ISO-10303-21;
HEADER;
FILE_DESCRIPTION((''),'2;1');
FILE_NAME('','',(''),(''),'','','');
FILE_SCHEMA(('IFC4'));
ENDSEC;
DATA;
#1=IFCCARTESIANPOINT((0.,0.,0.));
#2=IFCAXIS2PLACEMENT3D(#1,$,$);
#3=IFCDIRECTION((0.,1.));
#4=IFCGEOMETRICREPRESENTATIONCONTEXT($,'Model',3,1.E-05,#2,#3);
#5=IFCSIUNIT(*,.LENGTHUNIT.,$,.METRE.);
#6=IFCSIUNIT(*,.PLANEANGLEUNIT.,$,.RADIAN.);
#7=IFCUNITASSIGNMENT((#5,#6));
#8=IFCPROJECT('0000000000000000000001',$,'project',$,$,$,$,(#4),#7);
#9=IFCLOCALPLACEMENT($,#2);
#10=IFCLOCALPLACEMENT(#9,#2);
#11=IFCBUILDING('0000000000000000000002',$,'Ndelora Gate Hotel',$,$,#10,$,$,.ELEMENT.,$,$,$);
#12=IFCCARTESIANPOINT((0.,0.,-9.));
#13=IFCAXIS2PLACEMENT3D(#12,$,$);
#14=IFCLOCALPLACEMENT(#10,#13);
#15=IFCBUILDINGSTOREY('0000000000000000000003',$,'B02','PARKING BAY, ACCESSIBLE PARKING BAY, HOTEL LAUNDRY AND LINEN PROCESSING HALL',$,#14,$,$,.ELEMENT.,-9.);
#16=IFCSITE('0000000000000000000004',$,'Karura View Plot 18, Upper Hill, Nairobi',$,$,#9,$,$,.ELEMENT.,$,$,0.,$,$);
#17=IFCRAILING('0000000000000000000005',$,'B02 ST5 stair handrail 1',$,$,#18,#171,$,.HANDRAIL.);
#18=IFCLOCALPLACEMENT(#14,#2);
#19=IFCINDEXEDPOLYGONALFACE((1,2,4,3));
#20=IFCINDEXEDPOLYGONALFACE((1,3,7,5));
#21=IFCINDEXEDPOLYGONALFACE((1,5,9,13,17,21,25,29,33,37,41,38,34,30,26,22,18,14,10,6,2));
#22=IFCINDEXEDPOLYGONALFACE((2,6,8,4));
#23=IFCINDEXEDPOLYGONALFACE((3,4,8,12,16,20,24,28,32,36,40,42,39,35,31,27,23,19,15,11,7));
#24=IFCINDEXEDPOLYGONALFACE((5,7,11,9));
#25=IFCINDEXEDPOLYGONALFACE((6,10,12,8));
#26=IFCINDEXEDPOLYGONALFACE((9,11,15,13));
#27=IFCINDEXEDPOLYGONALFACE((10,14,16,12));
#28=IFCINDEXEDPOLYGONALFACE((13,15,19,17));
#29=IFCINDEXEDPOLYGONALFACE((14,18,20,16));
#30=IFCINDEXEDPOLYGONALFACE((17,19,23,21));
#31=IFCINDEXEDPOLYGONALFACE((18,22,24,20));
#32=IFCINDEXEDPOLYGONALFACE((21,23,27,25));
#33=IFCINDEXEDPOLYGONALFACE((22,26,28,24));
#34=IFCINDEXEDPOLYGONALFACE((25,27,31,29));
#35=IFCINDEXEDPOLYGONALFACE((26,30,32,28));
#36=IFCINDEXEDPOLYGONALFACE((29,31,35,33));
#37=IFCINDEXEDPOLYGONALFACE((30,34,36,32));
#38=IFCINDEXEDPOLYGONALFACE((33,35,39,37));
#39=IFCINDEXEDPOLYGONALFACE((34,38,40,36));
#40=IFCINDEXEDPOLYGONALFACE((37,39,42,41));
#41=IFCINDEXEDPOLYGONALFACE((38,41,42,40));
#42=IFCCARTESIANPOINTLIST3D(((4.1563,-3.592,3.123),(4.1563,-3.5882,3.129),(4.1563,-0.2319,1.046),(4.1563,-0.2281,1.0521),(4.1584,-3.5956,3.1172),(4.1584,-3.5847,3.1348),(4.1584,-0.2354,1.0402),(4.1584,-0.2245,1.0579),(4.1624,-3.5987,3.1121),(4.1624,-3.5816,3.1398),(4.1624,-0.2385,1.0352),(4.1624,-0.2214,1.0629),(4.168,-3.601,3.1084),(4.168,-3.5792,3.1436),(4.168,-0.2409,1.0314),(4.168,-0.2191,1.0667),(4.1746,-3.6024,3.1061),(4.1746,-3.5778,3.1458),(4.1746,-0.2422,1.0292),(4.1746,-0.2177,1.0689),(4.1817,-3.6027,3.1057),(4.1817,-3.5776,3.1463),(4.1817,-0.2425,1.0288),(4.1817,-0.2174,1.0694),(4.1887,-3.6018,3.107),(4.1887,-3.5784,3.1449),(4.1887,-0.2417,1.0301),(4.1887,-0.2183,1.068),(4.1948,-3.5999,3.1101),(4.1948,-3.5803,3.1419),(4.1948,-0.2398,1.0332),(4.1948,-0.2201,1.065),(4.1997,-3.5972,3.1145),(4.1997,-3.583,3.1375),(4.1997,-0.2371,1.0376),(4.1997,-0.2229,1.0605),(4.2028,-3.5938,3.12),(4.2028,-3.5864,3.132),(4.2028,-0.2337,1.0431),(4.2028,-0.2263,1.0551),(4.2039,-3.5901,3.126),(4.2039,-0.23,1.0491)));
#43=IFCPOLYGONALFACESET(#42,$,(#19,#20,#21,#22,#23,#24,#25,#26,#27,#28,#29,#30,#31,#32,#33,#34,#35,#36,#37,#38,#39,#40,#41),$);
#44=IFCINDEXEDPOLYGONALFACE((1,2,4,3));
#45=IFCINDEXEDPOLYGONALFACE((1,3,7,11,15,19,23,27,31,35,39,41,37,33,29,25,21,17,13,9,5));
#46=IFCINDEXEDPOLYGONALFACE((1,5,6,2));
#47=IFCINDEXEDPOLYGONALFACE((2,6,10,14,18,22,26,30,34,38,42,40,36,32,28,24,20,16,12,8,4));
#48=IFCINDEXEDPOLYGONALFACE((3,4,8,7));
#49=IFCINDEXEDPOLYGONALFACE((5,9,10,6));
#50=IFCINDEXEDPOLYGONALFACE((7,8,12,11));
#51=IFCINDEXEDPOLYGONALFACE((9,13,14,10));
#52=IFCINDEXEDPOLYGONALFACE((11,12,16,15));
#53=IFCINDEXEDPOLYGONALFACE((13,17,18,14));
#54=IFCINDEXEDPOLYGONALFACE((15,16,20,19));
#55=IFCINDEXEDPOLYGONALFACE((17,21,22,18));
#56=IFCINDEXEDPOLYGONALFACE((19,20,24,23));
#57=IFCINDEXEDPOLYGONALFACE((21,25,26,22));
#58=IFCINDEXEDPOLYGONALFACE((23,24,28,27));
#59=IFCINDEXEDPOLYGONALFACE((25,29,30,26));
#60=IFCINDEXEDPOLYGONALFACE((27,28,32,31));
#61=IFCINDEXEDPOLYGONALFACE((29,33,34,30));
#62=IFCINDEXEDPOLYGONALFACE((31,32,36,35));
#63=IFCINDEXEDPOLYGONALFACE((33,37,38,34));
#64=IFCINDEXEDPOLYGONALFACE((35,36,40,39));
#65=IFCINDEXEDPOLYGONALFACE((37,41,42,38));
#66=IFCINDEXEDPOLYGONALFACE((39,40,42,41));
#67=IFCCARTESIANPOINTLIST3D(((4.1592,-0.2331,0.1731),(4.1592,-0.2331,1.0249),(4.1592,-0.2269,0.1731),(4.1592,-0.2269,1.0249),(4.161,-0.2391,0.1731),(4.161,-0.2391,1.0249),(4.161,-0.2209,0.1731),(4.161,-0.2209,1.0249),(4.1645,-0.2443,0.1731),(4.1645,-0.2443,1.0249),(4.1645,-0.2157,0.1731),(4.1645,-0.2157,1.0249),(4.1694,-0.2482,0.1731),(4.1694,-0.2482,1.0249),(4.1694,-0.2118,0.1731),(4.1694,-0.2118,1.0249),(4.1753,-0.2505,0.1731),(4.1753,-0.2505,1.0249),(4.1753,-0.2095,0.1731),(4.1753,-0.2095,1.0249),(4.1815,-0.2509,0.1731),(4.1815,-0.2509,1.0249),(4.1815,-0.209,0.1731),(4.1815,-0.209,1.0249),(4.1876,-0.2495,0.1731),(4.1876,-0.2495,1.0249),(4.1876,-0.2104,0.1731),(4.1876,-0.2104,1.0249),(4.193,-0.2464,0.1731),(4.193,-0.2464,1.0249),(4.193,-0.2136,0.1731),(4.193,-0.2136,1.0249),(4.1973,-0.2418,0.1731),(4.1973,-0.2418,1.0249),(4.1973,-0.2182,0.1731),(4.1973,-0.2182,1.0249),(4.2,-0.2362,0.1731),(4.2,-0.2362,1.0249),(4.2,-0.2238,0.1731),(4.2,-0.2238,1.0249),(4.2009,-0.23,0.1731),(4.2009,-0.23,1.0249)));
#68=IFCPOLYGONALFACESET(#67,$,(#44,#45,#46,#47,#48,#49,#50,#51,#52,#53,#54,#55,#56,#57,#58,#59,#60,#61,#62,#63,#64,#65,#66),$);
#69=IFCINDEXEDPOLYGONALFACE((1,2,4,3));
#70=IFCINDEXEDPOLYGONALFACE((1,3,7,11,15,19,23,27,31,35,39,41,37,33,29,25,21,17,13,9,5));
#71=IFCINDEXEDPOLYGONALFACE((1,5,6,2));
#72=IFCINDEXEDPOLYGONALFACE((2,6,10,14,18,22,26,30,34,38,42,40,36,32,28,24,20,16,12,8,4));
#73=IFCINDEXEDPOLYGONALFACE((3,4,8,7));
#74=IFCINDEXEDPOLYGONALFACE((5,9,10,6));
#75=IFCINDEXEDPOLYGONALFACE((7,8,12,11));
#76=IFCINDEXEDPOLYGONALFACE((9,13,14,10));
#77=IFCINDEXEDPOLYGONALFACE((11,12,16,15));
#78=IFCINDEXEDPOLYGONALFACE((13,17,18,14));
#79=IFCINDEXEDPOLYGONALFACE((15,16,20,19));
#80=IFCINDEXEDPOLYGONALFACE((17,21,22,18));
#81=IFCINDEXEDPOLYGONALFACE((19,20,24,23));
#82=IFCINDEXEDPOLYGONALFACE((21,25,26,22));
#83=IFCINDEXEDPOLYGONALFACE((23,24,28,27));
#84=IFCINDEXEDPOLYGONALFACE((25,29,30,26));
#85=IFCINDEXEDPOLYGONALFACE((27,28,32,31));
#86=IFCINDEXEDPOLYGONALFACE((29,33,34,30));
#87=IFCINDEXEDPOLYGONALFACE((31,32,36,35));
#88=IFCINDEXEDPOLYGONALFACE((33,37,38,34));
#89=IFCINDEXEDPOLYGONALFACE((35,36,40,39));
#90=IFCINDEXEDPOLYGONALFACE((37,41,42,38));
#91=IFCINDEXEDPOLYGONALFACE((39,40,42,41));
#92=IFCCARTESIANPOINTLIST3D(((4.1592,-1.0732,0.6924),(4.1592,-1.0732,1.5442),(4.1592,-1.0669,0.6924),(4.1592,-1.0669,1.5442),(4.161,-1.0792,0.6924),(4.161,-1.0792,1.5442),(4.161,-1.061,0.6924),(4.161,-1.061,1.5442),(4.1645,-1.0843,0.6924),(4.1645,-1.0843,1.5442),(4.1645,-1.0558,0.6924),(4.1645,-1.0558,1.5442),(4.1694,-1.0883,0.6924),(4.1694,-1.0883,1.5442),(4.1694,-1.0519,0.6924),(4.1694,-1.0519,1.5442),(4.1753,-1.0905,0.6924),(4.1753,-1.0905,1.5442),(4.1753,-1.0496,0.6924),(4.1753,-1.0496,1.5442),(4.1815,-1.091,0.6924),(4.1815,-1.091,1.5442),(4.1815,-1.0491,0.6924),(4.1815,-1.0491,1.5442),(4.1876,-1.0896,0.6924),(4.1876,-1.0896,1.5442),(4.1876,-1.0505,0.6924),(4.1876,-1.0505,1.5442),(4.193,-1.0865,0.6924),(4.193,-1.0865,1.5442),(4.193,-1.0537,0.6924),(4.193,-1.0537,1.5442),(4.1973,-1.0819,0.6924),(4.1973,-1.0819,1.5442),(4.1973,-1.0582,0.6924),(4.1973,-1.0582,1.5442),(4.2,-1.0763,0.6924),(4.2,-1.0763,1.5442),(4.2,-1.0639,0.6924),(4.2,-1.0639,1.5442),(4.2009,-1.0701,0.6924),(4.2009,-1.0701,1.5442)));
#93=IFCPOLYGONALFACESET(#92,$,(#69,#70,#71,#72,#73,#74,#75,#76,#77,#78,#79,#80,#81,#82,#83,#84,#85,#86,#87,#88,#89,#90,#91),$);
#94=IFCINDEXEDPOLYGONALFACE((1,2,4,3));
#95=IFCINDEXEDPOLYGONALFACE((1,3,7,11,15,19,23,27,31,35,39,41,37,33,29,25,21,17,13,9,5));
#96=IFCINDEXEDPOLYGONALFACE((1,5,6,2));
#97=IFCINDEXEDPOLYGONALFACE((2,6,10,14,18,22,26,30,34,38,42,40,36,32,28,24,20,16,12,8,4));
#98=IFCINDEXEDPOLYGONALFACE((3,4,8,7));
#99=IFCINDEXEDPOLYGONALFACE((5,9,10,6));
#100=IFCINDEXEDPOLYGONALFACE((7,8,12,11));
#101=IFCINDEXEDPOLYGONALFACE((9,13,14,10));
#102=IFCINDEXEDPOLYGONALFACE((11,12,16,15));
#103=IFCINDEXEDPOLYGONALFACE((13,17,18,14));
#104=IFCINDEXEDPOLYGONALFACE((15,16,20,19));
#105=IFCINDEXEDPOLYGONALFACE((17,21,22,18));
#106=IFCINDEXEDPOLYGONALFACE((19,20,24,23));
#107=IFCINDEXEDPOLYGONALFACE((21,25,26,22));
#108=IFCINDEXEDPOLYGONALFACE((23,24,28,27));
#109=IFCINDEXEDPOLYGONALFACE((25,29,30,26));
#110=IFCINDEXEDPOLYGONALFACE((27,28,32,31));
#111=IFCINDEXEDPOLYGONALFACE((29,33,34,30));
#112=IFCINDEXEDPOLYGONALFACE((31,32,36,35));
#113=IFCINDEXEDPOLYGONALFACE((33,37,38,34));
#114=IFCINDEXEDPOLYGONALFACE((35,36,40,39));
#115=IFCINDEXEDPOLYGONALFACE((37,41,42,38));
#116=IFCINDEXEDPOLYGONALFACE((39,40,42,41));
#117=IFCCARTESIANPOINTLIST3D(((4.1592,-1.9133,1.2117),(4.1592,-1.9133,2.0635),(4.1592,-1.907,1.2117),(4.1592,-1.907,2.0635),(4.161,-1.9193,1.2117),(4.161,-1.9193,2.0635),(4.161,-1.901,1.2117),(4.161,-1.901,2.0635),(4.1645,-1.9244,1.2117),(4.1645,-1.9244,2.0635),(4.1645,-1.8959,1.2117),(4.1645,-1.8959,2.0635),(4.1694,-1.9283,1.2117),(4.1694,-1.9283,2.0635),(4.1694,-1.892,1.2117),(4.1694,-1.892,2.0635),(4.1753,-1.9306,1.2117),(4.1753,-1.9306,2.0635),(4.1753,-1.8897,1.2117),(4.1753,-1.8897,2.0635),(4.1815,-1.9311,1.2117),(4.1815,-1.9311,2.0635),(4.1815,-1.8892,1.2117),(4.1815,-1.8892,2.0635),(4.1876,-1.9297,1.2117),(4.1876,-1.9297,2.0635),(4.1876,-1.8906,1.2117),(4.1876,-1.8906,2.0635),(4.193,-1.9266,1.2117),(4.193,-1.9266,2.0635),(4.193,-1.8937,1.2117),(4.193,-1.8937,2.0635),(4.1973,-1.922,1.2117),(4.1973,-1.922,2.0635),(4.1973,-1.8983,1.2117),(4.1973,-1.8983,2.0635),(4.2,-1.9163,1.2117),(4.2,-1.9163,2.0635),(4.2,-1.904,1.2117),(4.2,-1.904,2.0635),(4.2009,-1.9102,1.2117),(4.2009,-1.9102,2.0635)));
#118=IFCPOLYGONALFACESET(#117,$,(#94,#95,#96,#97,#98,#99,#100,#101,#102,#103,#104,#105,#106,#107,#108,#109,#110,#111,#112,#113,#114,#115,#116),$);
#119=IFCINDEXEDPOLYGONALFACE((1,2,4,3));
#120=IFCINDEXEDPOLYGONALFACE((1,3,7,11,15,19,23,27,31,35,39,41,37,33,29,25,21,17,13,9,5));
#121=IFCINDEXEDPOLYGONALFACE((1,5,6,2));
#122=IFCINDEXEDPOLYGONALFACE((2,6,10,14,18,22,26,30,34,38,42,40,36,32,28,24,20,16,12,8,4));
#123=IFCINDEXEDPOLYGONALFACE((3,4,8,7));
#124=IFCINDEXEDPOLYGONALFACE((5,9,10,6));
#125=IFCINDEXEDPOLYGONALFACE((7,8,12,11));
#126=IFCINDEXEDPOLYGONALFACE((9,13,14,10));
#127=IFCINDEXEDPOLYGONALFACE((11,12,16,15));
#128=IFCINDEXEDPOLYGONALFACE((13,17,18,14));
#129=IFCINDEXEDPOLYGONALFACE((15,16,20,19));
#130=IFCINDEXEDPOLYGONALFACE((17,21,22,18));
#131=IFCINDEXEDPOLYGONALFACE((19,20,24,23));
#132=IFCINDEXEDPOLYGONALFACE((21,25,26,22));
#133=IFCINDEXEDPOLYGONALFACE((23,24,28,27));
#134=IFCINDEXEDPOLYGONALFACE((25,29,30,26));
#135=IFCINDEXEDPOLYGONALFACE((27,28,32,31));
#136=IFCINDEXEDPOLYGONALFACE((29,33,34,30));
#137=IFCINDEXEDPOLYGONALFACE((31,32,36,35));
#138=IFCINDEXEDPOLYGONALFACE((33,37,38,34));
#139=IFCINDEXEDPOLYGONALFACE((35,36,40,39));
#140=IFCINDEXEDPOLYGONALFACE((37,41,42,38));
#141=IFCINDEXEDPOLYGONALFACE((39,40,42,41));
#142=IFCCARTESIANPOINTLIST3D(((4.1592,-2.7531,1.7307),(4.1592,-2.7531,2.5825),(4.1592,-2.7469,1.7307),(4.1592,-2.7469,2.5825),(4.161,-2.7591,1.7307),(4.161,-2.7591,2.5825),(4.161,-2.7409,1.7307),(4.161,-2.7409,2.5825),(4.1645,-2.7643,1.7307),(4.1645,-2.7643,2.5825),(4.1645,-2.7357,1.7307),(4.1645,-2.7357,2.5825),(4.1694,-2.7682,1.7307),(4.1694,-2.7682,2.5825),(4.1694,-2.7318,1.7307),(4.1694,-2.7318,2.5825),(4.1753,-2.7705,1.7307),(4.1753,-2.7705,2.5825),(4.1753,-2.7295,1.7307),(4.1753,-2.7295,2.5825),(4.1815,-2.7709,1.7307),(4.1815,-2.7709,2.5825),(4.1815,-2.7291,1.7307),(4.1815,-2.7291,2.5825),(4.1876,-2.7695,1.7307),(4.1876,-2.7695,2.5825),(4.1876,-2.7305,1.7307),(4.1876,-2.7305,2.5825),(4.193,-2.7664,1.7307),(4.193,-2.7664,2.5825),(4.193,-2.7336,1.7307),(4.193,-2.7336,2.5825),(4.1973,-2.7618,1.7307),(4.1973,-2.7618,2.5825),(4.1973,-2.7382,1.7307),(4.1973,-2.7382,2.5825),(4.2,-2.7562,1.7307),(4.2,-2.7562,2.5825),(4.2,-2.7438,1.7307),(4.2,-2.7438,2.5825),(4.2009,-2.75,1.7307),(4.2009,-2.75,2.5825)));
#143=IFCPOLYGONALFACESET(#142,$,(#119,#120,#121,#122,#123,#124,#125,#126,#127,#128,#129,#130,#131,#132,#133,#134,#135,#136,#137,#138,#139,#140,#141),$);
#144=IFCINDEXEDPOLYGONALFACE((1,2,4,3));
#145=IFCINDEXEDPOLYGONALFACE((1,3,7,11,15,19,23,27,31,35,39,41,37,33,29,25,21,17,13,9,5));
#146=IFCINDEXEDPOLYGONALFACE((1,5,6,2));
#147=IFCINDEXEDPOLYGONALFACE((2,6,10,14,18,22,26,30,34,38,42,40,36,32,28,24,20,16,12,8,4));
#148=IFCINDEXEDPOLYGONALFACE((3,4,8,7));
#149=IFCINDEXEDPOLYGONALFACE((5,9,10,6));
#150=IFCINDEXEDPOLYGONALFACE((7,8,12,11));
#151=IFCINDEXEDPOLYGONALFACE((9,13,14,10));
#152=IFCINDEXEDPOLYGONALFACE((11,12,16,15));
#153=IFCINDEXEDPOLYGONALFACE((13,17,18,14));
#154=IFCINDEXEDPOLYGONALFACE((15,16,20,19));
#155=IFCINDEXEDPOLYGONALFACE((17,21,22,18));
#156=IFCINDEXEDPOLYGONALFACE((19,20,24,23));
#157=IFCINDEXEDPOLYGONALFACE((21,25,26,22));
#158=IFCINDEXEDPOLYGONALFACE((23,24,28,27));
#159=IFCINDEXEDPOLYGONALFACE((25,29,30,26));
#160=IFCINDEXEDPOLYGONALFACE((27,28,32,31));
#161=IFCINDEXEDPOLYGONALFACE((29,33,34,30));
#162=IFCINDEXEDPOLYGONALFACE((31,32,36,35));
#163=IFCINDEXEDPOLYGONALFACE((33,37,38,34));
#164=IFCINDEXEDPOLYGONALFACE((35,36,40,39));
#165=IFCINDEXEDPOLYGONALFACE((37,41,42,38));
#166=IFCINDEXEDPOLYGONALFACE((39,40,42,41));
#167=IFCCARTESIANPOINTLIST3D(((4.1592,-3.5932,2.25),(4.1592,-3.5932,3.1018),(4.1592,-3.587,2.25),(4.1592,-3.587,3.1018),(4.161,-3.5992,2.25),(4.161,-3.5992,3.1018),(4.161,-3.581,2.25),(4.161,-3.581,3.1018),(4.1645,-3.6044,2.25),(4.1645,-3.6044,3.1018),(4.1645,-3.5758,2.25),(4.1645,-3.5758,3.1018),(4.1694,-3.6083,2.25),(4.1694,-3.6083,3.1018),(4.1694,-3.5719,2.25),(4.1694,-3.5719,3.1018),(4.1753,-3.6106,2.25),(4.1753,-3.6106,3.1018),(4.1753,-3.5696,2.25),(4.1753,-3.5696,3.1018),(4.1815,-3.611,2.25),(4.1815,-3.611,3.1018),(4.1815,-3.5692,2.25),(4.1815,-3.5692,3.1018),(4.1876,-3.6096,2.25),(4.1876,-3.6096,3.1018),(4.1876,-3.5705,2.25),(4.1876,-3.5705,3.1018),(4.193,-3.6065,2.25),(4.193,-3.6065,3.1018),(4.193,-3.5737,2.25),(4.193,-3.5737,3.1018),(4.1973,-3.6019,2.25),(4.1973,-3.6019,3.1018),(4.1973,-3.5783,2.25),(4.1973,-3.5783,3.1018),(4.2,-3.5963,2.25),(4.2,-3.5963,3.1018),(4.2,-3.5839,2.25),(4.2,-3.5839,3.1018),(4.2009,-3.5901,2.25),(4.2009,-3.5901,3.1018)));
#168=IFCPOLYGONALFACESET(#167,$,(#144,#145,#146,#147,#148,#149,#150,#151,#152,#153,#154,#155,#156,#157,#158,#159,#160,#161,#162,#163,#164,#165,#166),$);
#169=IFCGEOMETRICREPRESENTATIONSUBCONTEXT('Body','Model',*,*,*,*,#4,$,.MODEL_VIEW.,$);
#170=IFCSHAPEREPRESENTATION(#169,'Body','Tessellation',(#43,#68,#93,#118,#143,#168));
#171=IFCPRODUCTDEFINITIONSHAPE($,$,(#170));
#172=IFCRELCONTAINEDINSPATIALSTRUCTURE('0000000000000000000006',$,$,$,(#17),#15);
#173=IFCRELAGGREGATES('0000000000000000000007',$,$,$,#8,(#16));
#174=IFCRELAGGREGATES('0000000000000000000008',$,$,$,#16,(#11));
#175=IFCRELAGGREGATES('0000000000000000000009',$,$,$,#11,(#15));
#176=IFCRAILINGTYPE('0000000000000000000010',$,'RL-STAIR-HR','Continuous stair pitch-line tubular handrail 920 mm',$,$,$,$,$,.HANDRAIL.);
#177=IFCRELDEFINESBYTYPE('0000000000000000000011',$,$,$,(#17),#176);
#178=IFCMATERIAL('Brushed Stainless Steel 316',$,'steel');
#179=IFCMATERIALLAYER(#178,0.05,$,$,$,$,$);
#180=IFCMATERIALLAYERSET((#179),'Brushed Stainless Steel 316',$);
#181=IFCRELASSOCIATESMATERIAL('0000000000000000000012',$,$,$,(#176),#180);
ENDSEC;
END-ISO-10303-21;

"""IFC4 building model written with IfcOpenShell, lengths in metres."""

from ifc_helpers import new_model, si_unit, direction, frame, origin, origin_2d, place, context, subcontext, project, spatial, circle, extrude, material, layer, layer_set, type_object, element, save


model = new_model("IFC4")

# Units and contexts
model_context = context("Model", 3, precision=1e-05, world=origin(), true_north=direction((0.0, 1.0)))
body_context = subcontext(model_context, "Body", "Model", "MODEL_VIEW")
ifc_project = project(units=[si_unit("LENGTHUNIT", "METRE"), si_unit("PLANEANGLEUNIT", "RADIAN")], contexts=[model_context])

# Site, building, storey
site_placement = place(None, origin())
site = spatial("IfcSite", under=ifc_project, at=site_placement, Name="Karura View Plot 18, Upper Hill, Nairobi", CompositionType="ELEMENT", RefElevation=0.0)
building_placement = place(site_placement, origin())
building = spatial("IfcBuilding", under=site, at=building_placement, Name="Ndelora Gate Hotel", CompositionType="ELEMENT")
storey_placement = place(building_placement, frame((0.0, 0.0, -9.0)))
storey = spatial("IfcBuildingStorey", under=building, at=storey_placement, Name="B02", Description="PARKING BAY, ACCESSIBLE PARKING BAY, HOTEL LAUNDRY AND LINEN PROCESSING HALL", CompositionType="ELEMENT", Elevation=-9.0)

# Railing
ifc_material_1 = material(Name="Brushed Stainless Steel 316", Category="steel")
ifc_layer_1 = layer(ifc_material_1, 0.05)
ifc_layer_set_1 = layer_set([ifc_layer_1], Name="Brushed Stainless Steel 316")
railing_type_1 = type_object("IfcRailingType", Name="RL-STAIR-HR", Description="Continuous stair pitch-line tubular handrail 920 mm", PredefinedType="HANDRAIL", material=ifc_layer_set_1)
railing_1_placement = place(storey_placement, frame((4.1799, -0.23, 0.1731)))
element("IfcRailing", 1, at=railing_1_placement, inside=storey, type_object=railing_type_1, Name="B02 ST5 stair handrail 1", PredefinedType="HANDRAIL", context=body_context, shape_type="SweptSolid", body=[
    extrude(circle(Radius=0.0239, at=origin_2d()), frame((0.0, 0.0, 0.876), z_axis=(0.0, -0.850623, 0.525776), x_axis=(1.0, 0.0, 0.0)), (0.0, 0.0, 1.0), 3.9502),
    extrude(circle(Radius=0.021, at=origin_2d()), origin(), (0.0, 0.0, 1.0), 0.8518),
    extrude(circle(Radius=0.021, at=origin_2d()), frame((0.0, -0.8401, 0.5193)), (0.0, 0.0, 1.0), 0.8518),
    extrude(circle(Radius=0.021, at=origin_2d()), frame((0.0, -1.6802, 1.0386)), (0.0, 0.0, 1.0), 0.8518),
    extrude(circle(Radius=0.021, at=origin_2d()), frame((0.0, -2.52, 1.5576)), (0.0, 0.0, 1.0), 0.8518),
    extrude(circle(Radius=0.021, at=origin_2d()), frame((0.0, -3.3601, 2.0769)), (0.0, 0.0, 1.0), 0.8518),
])

save(model, "model.ifc")
